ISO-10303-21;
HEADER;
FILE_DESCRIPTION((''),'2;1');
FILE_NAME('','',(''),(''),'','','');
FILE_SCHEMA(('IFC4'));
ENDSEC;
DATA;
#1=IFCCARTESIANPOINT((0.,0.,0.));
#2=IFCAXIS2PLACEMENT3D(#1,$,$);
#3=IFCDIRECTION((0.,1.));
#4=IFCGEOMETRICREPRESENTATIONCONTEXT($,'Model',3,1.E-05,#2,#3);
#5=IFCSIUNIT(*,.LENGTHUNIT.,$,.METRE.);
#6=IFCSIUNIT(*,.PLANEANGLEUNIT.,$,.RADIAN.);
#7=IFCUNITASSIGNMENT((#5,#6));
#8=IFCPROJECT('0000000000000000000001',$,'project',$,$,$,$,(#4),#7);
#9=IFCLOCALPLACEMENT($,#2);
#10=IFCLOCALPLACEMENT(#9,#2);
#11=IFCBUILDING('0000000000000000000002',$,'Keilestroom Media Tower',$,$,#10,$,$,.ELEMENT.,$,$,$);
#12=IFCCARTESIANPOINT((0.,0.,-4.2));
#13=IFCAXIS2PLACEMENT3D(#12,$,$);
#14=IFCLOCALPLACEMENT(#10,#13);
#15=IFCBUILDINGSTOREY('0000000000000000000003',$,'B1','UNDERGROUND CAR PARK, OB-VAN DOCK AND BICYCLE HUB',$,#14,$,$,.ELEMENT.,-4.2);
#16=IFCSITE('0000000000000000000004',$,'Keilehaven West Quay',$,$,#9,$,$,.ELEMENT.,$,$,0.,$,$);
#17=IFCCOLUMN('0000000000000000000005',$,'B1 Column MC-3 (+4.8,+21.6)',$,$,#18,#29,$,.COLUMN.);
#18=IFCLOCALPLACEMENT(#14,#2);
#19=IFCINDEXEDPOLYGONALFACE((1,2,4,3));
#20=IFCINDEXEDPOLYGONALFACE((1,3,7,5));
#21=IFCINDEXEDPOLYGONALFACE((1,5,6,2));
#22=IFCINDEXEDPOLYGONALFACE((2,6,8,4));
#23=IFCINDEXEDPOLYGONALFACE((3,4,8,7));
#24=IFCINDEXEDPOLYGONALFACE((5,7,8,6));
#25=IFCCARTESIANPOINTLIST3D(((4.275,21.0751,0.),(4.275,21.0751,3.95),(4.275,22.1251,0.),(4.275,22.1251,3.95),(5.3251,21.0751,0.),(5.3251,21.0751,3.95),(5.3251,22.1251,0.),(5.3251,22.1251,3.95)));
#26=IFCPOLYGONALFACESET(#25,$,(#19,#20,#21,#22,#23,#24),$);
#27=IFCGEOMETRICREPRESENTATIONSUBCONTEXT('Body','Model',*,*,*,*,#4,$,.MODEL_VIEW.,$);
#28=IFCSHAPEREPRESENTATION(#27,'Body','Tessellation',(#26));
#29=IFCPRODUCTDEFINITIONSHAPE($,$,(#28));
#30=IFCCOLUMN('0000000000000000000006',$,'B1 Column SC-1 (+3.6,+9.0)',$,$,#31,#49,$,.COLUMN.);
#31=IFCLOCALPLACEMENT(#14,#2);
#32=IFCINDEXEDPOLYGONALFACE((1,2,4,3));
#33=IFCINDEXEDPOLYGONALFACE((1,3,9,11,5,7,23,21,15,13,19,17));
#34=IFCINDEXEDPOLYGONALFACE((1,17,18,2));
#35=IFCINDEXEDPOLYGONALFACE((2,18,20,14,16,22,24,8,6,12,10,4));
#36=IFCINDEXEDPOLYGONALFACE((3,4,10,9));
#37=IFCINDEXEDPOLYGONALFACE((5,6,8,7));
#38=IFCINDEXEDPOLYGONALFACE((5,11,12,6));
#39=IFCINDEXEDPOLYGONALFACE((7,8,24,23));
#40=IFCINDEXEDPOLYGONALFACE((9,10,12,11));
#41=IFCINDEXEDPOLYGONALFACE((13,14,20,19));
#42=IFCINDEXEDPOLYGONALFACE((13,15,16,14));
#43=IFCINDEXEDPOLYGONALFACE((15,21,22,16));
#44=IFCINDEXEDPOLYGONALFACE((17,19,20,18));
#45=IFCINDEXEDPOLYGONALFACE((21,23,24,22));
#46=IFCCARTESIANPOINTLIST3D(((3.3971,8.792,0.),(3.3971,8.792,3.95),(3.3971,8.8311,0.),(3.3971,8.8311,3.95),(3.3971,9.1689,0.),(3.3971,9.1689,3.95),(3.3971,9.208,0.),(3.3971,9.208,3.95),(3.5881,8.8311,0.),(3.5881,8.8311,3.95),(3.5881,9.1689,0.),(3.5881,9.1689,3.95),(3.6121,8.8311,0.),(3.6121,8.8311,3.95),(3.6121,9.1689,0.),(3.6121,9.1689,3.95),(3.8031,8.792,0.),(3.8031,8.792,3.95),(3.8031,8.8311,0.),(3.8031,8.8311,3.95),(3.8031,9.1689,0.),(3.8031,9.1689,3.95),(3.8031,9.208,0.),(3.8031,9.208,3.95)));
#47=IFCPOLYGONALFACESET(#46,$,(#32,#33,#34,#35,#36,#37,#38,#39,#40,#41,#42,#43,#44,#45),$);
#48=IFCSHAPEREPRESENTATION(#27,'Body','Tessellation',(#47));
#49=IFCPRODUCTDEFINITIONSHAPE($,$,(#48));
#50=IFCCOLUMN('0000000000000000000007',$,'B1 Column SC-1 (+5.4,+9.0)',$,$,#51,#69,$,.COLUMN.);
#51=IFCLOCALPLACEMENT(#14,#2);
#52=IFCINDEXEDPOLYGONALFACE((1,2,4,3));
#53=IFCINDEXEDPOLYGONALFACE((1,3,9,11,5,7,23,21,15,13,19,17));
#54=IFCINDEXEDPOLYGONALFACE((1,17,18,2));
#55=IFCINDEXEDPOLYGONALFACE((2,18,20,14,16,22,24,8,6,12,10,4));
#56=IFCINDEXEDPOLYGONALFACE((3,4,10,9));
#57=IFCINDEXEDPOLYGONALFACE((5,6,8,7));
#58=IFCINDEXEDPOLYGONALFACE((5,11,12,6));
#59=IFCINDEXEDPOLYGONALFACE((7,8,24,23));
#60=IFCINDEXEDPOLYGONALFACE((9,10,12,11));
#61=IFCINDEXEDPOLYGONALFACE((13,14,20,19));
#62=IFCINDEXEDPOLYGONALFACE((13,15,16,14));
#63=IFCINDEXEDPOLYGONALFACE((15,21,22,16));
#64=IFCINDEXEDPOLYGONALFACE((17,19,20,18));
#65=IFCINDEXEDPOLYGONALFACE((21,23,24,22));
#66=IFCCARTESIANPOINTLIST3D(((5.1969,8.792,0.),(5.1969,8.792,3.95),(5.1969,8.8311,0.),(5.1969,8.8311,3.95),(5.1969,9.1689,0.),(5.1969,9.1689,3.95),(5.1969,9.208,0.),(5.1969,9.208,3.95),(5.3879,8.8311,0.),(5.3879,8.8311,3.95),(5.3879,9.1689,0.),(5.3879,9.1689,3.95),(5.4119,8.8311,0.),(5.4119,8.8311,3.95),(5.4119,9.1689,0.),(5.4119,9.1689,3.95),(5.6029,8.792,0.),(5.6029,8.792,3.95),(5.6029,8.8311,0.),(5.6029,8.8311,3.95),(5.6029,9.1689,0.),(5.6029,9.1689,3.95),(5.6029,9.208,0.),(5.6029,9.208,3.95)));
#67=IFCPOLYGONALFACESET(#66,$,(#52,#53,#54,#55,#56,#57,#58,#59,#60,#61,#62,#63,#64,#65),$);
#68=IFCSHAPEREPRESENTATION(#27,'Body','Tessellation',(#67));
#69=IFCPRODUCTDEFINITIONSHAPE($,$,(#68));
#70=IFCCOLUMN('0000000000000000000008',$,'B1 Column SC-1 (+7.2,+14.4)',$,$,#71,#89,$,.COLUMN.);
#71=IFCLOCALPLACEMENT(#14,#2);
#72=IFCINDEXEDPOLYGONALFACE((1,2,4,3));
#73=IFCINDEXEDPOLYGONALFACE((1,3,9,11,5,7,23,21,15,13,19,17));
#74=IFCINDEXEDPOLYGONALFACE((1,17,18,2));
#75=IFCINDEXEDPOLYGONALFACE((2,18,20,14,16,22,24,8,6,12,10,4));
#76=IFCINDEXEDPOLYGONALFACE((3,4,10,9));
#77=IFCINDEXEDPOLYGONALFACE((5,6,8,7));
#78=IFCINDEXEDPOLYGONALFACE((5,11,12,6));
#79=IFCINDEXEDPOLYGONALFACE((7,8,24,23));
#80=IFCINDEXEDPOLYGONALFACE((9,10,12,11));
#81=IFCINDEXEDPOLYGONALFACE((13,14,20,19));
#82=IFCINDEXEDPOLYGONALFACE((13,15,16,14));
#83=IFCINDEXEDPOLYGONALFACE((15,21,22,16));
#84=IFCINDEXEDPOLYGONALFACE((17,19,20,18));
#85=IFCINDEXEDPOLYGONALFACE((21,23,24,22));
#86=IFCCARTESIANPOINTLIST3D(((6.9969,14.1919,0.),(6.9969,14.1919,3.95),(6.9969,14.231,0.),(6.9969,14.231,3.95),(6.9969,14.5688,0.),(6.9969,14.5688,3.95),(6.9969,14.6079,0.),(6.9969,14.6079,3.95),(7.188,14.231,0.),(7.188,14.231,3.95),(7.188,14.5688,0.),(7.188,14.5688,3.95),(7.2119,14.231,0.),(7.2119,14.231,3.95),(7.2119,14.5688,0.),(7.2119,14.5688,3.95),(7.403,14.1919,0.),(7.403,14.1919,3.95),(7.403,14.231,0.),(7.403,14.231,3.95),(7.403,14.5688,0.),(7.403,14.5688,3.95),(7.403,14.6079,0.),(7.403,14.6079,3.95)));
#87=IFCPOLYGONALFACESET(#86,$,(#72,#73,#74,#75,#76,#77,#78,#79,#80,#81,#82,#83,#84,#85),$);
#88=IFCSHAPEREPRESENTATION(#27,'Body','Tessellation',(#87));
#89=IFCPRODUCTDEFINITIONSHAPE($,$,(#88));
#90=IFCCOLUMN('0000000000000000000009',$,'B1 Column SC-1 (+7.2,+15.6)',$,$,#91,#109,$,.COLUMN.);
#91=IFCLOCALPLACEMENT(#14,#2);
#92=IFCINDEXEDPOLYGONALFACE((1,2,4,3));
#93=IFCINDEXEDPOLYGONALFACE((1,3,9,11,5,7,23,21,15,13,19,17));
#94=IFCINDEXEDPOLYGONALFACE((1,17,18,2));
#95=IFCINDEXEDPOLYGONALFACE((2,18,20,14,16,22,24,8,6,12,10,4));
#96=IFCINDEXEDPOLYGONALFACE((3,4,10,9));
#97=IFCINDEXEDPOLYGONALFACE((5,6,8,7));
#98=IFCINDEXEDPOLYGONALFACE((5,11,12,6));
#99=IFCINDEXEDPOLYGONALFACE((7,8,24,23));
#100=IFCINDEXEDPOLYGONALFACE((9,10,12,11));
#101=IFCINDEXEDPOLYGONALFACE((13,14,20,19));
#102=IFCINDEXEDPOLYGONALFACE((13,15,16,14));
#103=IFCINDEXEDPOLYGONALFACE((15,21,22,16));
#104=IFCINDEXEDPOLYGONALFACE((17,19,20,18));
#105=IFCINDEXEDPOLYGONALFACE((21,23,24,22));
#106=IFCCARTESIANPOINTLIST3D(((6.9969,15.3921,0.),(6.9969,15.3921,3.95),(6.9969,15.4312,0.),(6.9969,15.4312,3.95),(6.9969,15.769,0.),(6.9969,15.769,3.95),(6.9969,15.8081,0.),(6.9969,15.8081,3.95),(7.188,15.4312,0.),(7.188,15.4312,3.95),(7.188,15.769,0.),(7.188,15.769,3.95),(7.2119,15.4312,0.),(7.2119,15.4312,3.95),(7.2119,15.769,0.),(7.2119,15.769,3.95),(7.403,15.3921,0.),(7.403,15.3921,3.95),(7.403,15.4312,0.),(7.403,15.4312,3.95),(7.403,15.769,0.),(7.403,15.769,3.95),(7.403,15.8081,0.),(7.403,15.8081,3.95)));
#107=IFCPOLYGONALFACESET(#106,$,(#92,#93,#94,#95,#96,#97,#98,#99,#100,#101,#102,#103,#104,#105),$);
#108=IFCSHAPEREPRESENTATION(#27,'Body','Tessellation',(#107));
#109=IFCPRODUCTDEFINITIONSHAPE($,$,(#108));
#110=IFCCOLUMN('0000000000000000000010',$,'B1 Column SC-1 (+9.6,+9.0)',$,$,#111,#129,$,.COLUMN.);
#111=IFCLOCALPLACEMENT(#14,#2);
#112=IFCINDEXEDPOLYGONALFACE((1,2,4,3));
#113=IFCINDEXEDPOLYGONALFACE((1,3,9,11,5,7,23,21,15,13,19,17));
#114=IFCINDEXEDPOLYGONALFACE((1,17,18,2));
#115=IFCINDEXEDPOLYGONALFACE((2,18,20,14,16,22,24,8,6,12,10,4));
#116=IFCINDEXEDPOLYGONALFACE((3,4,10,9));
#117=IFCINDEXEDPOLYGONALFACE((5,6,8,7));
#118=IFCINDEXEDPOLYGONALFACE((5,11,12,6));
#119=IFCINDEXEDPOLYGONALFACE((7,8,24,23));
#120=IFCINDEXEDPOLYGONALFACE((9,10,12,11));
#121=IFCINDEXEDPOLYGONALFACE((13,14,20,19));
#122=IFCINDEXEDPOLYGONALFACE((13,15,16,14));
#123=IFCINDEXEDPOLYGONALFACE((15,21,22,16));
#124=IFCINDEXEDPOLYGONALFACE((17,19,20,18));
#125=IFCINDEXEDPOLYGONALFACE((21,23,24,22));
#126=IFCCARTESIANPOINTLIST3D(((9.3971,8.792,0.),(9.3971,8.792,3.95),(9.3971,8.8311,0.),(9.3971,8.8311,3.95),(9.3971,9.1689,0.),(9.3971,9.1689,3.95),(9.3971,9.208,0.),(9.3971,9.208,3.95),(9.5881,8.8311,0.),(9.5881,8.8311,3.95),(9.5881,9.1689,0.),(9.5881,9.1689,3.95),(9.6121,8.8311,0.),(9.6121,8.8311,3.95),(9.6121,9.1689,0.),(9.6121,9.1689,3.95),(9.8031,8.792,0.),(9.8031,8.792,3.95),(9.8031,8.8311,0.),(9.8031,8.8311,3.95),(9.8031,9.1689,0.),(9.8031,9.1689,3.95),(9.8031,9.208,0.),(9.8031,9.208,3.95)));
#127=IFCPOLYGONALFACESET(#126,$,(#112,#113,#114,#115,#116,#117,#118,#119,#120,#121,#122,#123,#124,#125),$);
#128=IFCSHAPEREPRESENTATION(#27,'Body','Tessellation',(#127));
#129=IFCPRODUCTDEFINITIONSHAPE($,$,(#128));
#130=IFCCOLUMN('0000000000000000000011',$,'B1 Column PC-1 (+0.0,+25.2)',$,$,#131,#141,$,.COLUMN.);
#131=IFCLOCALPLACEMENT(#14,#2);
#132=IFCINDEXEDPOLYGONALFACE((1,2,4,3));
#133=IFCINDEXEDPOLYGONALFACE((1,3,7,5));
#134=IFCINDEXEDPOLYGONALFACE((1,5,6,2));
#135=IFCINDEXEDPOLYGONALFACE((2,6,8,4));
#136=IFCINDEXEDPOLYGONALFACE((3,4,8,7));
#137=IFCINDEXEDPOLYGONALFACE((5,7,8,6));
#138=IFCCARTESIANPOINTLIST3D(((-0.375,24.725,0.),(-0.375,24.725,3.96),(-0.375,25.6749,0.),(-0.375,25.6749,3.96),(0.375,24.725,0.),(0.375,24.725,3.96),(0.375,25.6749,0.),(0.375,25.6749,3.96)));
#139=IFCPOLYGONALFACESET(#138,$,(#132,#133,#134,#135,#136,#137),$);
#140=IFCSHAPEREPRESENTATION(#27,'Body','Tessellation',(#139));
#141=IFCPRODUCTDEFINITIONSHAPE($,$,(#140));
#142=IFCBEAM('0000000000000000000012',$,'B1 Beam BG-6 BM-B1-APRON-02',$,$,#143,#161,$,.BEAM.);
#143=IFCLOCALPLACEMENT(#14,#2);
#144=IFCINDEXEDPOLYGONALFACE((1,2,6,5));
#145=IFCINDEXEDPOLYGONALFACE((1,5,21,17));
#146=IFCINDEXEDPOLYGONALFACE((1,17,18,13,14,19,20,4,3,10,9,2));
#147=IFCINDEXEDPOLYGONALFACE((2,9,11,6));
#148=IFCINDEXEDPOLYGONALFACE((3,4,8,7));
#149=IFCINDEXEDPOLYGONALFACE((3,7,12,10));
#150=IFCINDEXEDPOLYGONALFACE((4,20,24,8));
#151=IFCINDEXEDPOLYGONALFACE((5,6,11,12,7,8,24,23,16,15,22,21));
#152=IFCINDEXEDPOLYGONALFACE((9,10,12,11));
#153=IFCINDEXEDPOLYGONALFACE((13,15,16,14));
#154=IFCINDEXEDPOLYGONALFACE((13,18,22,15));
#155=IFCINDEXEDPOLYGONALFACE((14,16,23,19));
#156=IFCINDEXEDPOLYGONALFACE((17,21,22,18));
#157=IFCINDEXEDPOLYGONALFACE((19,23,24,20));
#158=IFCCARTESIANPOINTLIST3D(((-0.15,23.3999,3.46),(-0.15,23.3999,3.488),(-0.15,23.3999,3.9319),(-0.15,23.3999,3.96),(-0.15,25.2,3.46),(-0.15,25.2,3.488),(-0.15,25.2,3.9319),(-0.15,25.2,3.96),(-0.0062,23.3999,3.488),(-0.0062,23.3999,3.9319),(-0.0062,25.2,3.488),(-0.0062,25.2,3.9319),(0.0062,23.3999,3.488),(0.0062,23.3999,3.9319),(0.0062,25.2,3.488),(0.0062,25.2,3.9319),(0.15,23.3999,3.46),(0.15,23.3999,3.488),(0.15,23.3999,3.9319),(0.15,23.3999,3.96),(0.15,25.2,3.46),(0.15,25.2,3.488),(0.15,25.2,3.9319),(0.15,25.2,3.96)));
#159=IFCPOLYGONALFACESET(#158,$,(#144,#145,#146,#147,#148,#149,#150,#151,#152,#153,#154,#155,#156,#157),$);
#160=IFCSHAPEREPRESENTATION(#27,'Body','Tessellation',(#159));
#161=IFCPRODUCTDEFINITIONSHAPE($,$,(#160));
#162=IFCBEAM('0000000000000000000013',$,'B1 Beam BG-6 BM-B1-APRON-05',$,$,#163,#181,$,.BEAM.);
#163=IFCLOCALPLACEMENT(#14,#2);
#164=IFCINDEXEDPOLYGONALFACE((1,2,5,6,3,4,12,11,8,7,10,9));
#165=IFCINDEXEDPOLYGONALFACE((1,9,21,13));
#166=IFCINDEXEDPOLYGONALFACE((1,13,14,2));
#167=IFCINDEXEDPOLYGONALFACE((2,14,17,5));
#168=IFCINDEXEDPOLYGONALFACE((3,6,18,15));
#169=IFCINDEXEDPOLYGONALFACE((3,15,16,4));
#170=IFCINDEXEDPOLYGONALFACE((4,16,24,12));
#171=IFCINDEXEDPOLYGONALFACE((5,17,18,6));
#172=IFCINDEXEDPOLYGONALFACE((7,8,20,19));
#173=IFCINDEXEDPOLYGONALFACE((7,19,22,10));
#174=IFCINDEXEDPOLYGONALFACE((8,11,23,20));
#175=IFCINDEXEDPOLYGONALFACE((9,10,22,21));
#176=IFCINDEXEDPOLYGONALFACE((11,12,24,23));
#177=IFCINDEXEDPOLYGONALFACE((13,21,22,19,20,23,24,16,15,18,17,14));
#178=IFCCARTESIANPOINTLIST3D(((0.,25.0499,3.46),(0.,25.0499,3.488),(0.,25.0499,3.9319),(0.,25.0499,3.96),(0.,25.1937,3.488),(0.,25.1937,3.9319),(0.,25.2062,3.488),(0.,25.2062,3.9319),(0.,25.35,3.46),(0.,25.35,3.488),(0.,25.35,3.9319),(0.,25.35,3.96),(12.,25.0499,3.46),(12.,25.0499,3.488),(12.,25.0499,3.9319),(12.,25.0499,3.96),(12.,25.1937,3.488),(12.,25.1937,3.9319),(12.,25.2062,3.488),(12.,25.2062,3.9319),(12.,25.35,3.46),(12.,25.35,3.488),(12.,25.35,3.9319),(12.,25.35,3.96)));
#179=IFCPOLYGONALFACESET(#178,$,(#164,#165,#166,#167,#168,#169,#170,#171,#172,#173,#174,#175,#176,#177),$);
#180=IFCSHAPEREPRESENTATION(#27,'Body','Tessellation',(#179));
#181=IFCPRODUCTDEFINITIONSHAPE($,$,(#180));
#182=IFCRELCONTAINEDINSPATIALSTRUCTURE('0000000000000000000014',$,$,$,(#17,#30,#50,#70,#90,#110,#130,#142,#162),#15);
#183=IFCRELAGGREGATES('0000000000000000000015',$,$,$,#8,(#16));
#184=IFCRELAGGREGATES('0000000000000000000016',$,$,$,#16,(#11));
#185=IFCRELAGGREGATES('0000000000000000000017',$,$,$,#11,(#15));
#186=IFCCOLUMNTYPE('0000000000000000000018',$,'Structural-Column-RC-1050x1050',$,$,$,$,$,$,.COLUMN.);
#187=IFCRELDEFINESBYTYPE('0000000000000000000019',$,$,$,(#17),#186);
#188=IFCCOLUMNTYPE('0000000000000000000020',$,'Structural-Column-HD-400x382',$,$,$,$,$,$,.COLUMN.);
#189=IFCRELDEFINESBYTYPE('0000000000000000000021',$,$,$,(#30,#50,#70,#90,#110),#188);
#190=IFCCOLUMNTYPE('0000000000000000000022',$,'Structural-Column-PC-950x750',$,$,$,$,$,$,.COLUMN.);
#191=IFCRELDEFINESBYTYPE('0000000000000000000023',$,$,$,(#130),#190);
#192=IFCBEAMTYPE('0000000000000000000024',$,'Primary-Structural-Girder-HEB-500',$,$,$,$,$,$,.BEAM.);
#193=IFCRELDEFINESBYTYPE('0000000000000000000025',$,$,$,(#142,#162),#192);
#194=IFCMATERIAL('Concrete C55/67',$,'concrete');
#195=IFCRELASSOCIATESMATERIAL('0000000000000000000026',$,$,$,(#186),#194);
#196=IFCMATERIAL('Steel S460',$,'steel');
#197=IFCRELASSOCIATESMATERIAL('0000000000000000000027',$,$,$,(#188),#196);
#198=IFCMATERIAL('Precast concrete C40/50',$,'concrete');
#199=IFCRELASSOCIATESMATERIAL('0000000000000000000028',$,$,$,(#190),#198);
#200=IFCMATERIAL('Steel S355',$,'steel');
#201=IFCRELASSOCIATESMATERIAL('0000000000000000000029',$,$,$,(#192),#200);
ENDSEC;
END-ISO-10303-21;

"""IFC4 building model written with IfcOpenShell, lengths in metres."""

from ifc_helpers import new_model, si_unit, direction, frame, origin, origin_2d, place, context, subcontext, project, spatial, rectangle, i_section, extrude, source, transform, mapped, material, material_profile, profile_set, type_object, element, save


model = new_model("IFC4")

# Units and contexts
model_context = context("Model", 3, precision=1e-05, world=origin(), true_north=direction((0.0, 1.0)))
body_context = subcontext(model_context, "Body", "Model", "MODEL_VIEW")
ifc_project = project(units=[si_unit("LENGTHUNIT", "METRE"), si_unit("PLANEANGLEUNIT", "RADIAN")], contexts=[model_context])

# Site, building, storey
site_placement = place(None, origin())
site = spatial("IfcSite", under=ifc_project, at=site_placement, Name="Keilehaven West Quay", CompositionType="ELEMENT", RefElevation=0.0)
building_placement = place(site_placement, origin())
building = spatial("IfcBuilding", under=site, at=building_placement, Name="Keilestroom Media Tower", CompositionType="ELEMENT")
storey_placement = place(building_placement, frame((0.0, 0.0, -4.2)))
storey = spatial("IfcBuildingStorey", under=building, at=storey_placement, Name="B1", Description="UNDERGROUND CAR PARK, OB-VAN DOCK AND BICYCLE HUB", CompositionType="ELEMENT", Elevation=-4.2)

# Columns
ifc_material_1 = material(Name="Concrete C55/67", Category="concrete")
ifc_material_profile_1 = material_profile(ifc_material_1, rectangle(XDim=1.05, YDim=1.05, at=origin_2d()), Name="RC 1050x1050")
ifc_profile_set_1 = profile_set([ifc_material_profile_1], Name="Concrete C55/67")
column_type_1 = type_object("IfcColumnType", Name="Structural-Column-RC-1050x1050", PredefinedType="COLUMN", material=ifc_profile_set_1)
shared_shape_1 = source(origin(), body_context, "Body", "SweptSolid", [
    extrude(rectangle(XDim=1.05, YDim=1.05, at=origin_2d()), origin(), (0.0, 0.0, 1.0), 3.95),
])
column_1_placement = place(storey_placement, frame((4.8, 21.6001, 0.0), z_axis=(0.0, 0.0, 1.0), x_axis=(1.0, 0.0, 0.0)))
element("IfcColumn", 1, at=column_1_placement, inside=storey, type_object=column_type_1, Name="B1 Column MC-3 (+4.8,+21.6)", PredefinedType="COLUMN", context=body_context, shape_type="MappedRepresentation", body=[
    mapped(shared_shape_1, transform((0.0, 0.0, 0.0), x_axis=(1.0, 0.0, 0.0), y_axis=(0.0, 1.0, 0.0), z_axis=(0.0, 0.0, 1.0), scale=1.0)),
])
ifc_material_2 = material(Name="Steel S460", Category="steel")
ifc_material_profile_2 = material_profile(ifc_material_2, i_section(OverallWidth=0.406, OverallDepth=0.416, WebThickness=0.0239, FlangeThickness=0.0391, at=origin_2d()), Name="HD 400x382")
ifc_profile_set_2 = profile_set([ifc_material_profile_2], Name="Steel S460")
column_type_2 = type_object("IfcColumnType", Name="Structural-Column-HD-400x382", PredefinedType="COLUMN", material=ifc_profile_set_2)
shared_shape_2 = source(origin(), body_context, "Body", "SweptSolid", [
    extrude(i_section(OverallWidth=0.406, OverallDepth=0.416, WebThickness=0.0239, FlangeThickness=0.0391, at=origin_2d()), origin(), (0.0, 0.0, 1.0), 3.95),
])
for number, where, z_axis, x_axis, name in (
    (2, (3.6001, 9.0, 0.0), (0.0, 0.0, 1.0), (1.0, 0.0, 0.0), "B1 Column SC-1 (+3.6,+9.0)"),
    (3, (5.3999, 9.0, 0.0), (0.0, 0.0, 1.0), (1.0, 0.0, 0.0), "B1 Column SC-1 (+5.4,+9.0)"),
    (4, (7.2, 14.3999, 0.0), (0.0, 0.0, 1.0), (1.0, 0.0, 0.0), "B1 Column SC-1 (+7.2,+14.4)"),
    (5, (7.2, 15.6001, 0.0), (0.0, 0.0, 1.0), (1.0, 0.0, 0.0), "B1 Column SC-1 (+7.2,+15.6)"),
    (6, (9.6001, 9.0, 0.0), (0.0, 0.0, 1.0), (1.0, 0.0, 0.0), "B1 Column SC-1 (+9.6,+9.0)"),
):
    element("IfcColumn", number, at=place(storey_placement, frame(where, z_axis=z_axis, x_axis=x_axis)), inside=storey, type_object=column_type_2, Name=name, PredefinedType="COLUMN", context=body_context, shape_type="MappedRepresentation", body=[
        mapped(shared_shape_2, transform((0.0, 0.0, 0.0), x_axis=(1.0, 0.0, 0.0), y_axis=(0.0, 1.0, 0.0), z_axis=(0.0, 0.0, 1.0), scale=1.0)),
    ])
ifc_material_3 = material(Name="Precast concrete C40/50", Category="concrete")
ifc_material_profile_3 = material_profile(ifc_material_3, rectangle(XDim=0.75, YDim=0.95, at=origin_2d()), Name="PC 950x750")
ifc_profile_set_3 = profile_set([ifc_material_profile_3], Name="Precast concrete C40/50")
column_type_3 = type_object("IfcColumnType", Name="Structural-Column-PC-950x750", PredefinedType="COLUMN", material=ifc_profile_set_3)
shared_shape_3 = source(origin(), body_context, "Body", "SweptSolid", [
    extrude(rectangle(XDim=0.75, YDim=0.95, at=origin_2d()), origin(), (0.0, 0.0, 1.0), 3.96),
])
column_2_placement = place(storey_placement, frame((0.0, 25.2, 0.0), z_axis=(0.0, 0.0, 1.0), x_axis=(1.0, 0.0, 0.0)))
element("IfcColumn", 7, at=column_2_placement, inside=storey, type_object=column_type_3, Name="B1 Column PC-1 (+0.0,+25.2)", PredefinedType="COLUMN", context=body_context, shape_type="MappedRepresentation", body=[
    mapped(shared_shape_3, transform((0.0, 0.0, 0.0), x_axis=(1.0, 0.0, 0.0), y_axis=(0.0, 1.0, 0.0), z_axis=(0.0, 0.0, 1.0), scale=1.0)),
])

# Beams
ifc_material_4 = material(Name="Steel S355", Category="steel")
ifc_material_profile_4 = material_profile(ifc_material_4, i_section(OverallWidth=0.3, OverallDepth=0.5, WebThickness=0.0125, FlangeThickness=0.0281, at=origin_2d()), Name="HEB 500")
ifc_profile_set_4 = profile_set([ifc_material_profile_4], Name="Steel S355")
beam_type_1 = type_object("IfcBeamType", Name="Primary-Structural-Girder-HEB-500", PredefinedType="BEAM", material=ifc_profile_set_4)
shared_shape_4 = source(origin(), body_context, "Body", "SweptSolid", [
    extrude(i_section(OverallWidth=0.3, OverallDepth=0.5, WebThickness=0.0125, FlangeThickness=0.0281, at=origin_2d()), origin(), (0.0, 0.0, 1.0), 1.8),
])
beam_1_placement = place(storey_placement, frame((0.0, 23.3999, 3.71), z_axis=(0.0, 1.0, 0.0), x_axis=(-1.0, 0.0, 0.0)))
element("IfcBeam", 8, at=beam_1_placement, inside=storey, type_object=beam_type_1, Name="B1 Beam BG-6 BM-B1-APRON-02", PredefinedType="BEAM", context=body_context, shape_type="MappedRepresentation", body=[
    mapped(shared_shape_4, transform((0.0, 0.0, 0.0), x_axis=(1.0, 0.0, 0.0), y_axis=(0.0, 1.0, 0.0), z_axis=(0.0, 0.0, 1.0), scale=1.0)),
])
shared_shape_5 = source(origin(), body_context, "Body", "SweptSolid", [
    extrude(i_section(OverallWidth=0.3, OverallDepth=0.5, WebThickness=0.0125, FlangeThickness=0.0281, at=origin_2d()), origin(), (0.0, 0.0, 1.0), 12.0),
])
beam_2_placement = place(storey_placement, frame((0.0, 25.2, 3.71), z_axis=(1.0, 0.0, 0.0), x_axis=(0.0, 1.0, 0.0)))
element("IfcBeam", 9, at=beam_2_placement, inside=storey, type_object=beam_type_1, Name="B1 Beam BG-6 BM-B1-APRON-05", PredefinedType="BEAM", context=body_context, shape_type="MappedRepresentation", body=[
    mapped(shared_shape_5, transform((0.0, 0.0, 0.0), x_axis=(1.0, 0.0, 0.0), y_axis=(0.0, 1.0, 0.0), z_axis=(0.0, 0.0, 1.0), scale=1.0)),
])

save(model, "model.ifc")
